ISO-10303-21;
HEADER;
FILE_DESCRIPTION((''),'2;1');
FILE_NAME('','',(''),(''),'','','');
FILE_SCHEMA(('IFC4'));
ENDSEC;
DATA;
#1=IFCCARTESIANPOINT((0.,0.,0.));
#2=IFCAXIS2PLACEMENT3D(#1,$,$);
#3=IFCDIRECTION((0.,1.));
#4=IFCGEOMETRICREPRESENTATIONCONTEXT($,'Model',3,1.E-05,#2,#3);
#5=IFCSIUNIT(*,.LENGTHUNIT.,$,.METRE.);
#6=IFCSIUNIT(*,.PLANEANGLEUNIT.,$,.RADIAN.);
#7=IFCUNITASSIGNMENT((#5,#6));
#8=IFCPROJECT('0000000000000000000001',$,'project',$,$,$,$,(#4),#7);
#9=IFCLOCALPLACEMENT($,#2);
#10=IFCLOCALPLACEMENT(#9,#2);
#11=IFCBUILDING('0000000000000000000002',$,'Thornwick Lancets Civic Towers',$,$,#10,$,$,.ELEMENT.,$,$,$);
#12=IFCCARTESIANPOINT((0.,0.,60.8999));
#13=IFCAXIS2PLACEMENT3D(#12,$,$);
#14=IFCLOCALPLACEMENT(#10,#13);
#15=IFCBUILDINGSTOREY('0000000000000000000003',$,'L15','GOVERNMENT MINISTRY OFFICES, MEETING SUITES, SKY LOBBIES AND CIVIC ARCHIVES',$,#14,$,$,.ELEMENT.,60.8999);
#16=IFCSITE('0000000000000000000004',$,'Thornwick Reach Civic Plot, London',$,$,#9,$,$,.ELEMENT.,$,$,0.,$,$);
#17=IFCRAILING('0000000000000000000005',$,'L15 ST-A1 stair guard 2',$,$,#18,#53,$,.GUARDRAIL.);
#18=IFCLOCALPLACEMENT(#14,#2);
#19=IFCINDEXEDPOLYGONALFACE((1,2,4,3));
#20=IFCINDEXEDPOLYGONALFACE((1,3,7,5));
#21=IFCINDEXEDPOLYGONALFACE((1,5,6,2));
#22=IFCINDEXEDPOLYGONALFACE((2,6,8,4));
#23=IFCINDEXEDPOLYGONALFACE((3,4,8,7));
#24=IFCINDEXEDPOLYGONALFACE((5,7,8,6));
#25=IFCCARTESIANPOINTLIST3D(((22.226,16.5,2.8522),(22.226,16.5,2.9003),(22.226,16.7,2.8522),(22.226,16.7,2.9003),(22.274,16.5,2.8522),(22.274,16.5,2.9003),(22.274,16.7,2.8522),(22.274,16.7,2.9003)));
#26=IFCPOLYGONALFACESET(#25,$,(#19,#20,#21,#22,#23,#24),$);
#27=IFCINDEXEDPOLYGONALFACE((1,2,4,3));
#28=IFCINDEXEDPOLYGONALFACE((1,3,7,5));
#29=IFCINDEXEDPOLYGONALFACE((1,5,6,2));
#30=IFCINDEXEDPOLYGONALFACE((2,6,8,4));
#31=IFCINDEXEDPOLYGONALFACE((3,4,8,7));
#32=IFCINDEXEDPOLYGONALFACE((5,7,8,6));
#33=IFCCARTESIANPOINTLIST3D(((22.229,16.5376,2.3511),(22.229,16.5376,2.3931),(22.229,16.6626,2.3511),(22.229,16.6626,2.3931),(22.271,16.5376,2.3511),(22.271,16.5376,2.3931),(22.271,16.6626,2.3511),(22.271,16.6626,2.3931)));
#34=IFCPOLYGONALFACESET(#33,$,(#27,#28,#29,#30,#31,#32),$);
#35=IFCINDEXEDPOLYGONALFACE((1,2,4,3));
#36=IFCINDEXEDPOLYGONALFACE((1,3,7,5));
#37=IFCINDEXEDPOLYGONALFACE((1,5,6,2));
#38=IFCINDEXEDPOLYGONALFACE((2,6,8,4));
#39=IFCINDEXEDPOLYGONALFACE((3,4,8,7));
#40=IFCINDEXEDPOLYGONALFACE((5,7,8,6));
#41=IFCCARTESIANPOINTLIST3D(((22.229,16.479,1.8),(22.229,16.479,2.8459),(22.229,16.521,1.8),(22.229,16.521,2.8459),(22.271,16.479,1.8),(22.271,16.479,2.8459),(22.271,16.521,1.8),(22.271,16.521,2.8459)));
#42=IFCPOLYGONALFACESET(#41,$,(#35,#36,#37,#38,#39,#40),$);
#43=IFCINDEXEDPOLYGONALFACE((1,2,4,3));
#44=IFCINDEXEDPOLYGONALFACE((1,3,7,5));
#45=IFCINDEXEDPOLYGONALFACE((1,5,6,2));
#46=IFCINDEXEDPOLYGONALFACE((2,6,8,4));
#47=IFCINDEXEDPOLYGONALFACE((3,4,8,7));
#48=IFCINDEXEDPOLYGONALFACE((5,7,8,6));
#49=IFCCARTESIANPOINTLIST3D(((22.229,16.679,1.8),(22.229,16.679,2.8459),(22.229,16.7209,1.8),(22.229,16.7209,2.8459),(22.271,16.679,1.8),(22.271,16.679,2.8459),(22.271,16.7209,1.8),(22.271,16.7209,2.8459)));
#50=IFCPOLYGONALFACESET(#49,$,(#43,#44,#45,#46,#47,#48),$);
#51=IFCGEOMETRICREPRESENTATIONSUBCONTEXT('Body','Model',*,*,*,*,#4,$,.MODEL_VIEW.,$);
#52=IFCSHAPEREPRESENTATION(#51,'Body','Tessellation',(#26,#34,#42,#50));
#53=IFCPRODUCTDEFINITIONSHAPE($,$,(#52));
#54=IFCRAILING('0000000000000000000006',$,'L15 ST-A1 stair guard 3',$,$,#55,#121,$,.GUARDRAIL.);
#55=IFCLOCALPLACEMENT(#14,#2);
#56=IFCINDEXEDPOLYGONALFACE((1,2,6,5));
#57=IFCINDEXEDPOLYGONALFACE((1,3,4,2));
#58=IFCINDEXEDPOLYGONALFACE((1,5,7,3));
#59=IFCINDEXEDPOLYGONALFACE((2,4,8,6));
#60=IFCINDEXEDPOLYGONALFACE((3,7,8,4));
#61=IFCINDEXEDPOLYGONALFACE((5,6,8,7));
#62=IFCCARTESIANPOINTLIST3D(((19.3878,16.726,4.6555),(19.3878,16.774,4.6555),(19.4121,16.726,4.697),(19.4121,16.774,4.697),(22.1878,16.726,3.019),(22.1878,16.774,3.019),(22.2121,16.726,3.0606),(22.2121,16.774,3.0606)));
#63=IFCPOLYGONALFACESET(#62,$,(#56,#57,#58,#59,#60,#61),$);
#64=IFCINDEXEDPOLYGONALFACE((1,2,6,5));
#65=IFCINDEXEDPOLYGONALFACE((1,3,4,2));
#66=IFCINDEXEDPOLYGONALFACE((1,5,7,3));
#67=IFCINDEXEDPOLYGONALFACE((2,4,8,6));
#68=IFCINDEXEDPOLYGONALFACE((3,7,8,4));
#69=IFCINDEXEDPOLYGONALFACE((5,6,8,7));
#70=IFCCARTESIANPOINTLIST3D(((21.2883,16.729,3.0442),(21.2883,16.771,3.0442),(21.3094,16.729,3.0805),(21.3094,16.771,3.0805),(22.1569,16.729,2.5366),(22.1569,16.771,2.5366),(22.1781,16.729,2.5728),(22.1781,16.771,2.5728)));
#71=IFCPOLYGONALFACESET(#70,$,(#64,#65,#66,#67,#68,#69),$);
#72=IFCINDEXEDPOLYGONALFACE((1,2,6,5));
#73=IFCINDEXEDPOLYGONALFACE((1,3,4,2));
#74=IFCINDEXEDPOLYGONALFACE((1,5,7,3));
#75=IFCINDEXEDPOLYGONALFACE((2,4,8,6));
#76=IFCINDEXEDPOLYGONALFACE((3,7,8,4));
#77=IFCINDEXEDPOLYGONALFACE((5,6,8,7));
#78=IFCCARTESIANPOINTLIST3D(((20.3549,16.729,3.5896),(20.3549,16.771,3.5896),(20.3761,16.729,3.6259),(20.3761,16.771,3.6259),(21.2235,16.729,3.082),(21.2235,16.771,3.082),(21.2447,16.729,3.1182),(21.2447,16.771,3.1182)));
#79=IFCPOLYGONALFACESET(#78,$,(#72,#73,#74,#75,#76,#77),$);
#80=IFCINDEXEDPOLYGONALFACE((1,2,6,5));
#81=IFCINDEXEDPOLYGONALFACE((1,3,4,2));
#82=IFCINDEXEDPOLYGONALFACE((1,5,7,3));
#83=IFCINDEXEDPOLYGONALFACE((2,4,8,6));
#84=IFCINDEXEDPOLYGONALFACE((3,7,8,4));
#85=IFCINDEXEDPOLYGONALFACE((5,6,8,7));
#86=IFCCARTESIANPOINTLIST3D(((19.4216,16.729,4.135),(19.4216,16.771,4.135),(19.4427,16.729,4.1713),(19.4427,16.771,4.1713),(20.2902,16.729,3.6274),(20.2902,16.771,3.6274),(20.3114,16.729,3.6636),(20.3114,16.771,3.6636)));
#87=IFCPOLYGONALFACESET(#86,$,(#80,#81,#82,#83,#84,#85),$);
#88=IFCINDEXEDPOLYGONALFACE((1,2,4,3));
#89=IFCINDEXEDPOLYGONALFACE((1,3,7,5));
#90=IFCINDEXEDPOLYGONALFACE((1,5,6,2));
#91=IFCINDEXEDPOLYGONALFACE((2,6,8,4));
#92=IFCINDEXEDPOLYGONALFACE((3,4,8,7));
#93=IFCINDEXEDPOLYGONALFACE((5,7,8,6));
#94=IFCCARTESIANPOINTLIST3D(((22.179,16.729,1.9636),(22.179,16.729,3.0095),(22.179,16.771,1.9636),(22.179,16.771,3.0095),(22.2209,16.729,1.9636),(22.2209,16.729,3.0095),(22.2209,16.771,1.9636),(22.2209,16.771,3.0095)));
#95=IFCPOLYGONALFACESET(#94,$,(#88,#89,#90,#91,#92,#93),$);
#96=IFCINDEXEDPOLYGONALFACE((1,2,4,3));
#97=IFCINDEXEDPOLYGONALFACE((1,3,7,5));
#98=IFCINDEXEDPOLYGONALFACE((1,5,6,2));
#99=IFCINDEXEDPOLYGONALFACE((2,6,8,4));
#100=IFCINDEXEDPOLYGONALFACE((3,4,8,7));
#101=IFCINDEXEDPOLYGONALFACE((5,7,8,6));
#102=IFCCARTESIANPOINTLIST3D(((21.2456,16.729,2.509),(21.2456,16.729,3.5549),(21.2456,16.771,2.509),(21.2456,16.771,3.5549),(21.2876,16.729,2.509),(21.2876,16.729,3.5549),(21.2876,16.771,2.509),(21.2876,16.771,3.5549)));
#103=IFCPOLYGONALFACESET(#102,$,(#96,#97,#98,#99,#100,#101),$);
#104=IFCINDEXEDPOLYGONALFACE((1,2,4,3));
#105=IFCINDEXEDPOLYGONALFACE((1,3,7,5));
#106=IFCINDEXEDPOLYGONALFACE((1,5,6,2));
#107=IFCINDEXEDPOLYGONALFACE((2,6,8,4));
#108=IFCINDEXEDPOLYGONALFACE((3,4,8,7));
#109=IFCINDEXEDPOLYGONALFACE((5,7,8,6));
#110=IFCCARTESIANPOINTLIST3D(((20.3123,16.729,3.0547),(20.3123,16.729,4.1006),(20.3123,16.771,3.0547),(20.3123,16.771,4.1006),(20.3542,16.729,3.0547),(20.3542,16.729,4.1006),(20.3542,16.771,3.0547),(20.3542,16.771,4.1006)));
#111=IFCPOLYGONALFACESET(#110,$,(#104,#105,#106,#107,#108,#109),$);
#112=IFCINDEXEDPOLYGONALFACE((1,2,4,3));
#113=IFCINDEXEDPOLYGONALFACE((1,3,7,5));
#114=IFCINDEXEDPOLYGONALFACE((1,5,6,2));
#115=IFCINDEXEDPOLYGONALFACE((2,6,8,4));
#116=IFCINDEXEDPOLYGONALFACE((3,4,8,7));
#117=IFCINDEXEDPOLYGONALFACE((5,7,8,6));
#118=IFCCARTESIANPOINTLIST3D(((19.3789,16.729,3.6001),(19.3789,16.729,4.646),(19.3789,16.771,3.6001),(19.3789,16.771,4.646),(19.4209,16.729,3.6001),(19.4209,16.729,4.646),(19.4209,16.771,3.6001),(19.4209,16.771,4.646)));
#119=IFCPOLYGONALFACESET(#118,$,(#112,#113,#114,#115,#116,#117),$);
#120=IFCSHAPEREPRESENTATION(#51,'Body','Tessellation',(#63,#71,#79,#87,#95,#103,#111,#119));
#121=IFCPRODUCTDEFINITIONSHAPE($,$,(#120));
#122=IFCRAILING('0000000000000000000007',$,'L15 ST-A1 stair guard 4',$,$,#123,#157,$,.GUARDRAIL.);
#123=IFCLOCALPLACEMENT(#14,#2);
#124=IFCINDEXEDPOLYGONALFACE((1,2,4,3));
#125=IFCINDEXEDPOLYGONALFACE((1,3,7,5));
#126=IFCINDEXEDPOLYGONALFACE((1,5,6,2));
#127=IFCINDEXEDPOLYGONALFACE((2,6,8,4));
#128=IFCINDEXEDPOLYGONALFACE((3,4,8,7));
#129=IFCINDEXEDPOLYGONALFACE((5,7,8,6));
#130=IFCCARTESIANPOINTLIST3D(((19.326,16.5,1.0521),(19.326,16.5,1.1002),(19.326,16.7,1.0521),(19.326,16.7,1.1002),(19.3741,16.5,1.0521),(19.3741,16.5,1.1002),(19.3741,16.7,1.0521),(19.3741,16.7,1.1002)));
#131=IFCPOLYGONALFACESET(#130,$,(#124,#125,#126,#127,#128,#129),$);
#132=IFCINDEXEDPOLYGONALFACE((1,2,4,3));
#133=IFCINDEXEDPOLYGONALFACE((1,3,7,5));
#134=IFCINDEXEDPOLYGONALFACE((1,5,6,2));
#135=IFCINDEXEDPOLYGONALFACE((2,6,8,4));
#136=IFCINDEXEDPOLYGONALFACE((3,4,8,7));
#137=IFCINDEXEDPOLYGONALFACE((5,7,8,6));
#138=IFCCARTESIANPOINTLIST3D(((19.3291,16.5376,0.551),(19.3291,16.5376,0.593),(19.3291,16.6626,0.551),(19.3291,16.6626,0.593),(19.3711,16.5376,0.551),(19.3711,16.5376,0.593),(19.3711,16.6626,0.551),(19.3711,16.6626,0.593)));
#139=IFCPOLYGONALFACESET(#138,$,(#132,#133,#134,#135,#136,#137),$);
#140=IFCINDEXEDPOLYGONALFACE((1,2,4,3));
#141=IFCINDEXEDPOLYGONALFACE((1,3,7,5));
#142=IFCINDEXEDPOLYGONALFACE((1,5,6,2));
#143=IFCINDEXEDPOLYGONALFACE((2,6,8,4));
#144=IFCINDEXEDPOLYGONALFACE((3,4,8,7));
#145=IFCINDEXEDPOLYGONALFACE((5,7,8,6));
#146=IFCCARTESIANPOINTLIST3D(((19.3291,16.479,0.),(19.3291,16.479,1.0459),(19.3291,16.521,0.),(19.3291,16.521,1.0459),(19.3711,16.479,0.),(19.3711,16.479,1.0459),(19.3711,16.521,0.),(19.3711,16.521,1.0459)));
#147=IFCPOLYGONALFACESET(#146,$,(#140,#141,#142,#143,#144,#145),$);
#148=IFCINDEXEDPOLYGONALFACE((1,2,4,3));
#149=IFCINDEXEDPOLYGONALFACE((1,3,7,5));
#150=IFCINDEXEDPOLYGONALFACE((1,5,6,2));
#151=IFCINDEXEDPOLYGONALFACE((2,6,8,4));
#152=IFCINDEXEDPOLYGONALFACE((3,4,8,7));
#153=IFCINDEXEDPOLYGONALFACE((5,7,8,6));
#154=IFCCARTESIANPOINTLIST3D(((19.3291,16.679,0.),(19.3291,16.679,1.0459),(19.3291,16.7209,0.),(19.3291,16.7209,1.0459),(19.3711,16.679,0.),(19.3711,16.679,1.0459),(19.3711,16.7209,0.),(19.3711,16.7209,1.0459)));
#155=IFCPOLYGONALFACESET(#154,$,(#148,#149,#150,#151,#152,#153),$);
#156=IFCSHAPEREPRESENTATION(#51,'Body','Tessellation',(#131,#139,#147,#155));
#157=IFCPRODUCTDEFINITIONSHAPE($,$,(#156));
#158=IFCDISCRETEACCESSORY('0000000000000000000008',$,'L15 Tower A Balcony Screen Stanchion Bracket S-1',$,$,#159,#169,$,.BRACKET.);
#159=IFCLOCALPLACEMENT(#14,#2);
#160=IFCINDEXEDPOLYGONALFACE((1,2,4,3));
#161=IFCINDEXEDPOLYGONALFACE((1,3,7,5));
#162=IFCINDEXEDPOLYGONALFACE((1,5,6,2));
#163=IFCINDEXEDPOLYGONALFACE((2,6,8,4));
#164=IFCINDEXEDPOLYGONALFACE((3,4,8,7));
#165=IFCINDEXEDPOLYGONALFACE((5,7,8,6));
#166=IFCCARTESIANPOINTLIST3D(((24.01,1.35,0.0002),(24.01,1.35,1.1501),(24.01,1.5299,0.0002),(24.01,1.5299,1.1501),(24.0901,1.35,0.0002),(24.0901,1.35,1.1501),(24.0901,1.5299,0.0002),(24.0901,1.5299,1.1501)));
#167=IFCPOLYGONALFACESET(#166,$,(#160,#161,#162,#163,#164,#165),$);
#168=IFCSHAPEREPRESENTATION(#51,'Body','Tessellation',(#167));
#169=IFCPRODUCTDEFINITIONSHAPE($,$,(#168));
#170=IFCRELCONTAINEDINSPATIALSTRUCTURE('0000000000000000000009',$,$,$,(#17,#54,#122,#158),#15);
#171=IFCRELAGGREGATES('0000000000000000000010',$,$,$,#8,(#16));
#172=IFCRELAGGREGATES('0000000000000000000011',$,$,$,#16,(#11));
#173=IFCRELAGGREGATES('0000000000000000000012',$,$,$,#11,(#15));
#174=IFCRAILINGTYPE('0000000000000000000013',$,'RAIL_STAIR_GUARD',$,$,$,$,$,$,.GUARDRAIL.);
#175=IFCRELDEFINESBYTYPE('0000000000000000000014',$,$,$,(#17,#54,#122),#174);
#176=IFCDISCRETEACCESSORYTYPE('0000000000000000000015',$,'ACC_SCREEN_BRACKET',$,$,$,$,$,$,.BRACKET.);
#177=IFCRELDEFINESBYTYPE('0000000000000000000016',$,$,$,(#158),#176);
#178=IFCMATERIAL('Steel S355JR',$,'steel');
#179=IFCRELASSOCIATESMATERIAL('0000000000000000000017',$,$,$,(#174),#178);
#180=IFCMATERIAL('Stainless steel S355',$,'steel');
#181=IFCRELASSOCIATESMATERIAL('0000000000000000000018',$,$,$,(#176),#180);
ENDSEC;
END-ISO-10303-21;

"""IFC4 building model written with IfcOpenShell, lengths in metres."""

from ifc_helpers import new_model, si_unit, direction, frame, origin, origin_2d, place, context, subcontext, project, spatial, rectangle, extrude, material, type_object, element, save


model = new_model("IFC4")

# Units and contexts
model_context = context("Model", 3, precision=1e-05, world=origin(), true_north=direction((0.0, 1.0)))
body_context = subcontext(model_context, "Body", "Model", "MODEL_VIEW")
ifc_project = project(units=[si_unit("LENGTHUNIT", "METRE"), si_unit("PLANEANGLEUNIT", "RADIAN")], contexts=[model_context])

# Site, building, storey
site_placement = place(None, origin())
site = spatial("IfcSite", under=ifc_project, at=site_placement, Name="Thornwick Reach Civic Plot, London", CompositionType="ELEMENT", RefElevation=0.0)
building_placement = place(site_placement, origin())
building = spatial("IfcBuilding", under=site, at=building_placement, Name="Thornwick Lancets Civic Towers", CompositionType="ELEMENT")
storey_placement = place(building_placement, frame((0.0, 0.0, 60.8999)))
storey = spatial("IfcBuildingStorey", under=building, at=storey_placement, Name="L15", Description="GOVERNMENT MINISTRY OFFICES, MEETING SUITES, SKY LOBBIES AND CIVIC ARCHIVES", CompositionType="ELEMENT", Elevation=60.8999)

# Shared definitions
ifc_material_1 = material(Name="Steel S355JR", Category="steel")

# Railings
railing_type_1 = type_object("IfcRailingType", Name="RAIL_STAIR_GUARD", PredefinedType="GUARDRAIL", material=ifc_material_1)
railing_1_placement = place(storey_placement, frame((22.25, 16.5, 1.8)))
element("IfcRailing", 1, at=railing_1_placement, inside=storey, type_object=railing_type_1, Name="L15 ST-A1 stair guard 2", PredefinedType="GUARDRAIL", context=body_context, shape_type="SweptSolid", body=[
    extrude(rectangle(XDim=0.0481, YDim=0.0481, at=origin_2d()), frame((0.0, 0.0, 1.0762), z_axis=(0.0, 1.0, 0.0), x_axis=(-1.0, 0.0, 0.0)), (0.0, 0.0, 1.0), 0.2),
    extrude(rectangle(XDim=0.042, YDim=0.042, at=origin_2d()), frame((0.0, 0.0376, 0.572), z_axis=(0.0, 1.0, 0.0), x_axis=(-1.0, 0.0, 0.0)), (0.0, 0.0, 1.0), 0.125),
    extrude(rectangle(XDim=0.042, YDim=0.042, at=origin_2d()), origin(), (0.0, 0.0, 1.0), 1.0459),
    extrude(rectangle(XDim=0.042, YDim=0.042, at=origin_2d()), frame((0.0, 0.2, 0.0)), (0.0, 0.0, 1.0), 1.0459),
])
railing_2_placement = place(storey_placement, frame((22.2, 16.75, 1.9636)))
element("IfcRailing", 2, at=railing_2_placement, inside=storey, type_object=railing_type_1, Name="L15 ST-A1 stair guard 3", PredefinedType="GUARDRAIL", context=body_context, shape_type="SweptSolid", body=[
    extrude(rectangle(XDim=0.0481, YDim=0.0481, at=origin_2d()), frame((0.0, 0.0, 1.0762), z_axis=(-0.863361, 0.0, 0.504587), x_axis=(0.0, -1.0, 0.0)), (0.0, 0.0, 1.0), 3.2432),
    extrude(rectangle(XDim=0.042, YDim=0.042, at=origin_2d()), frame((-0.0325, 0.0, 0.5911), z_axis=(-0.863361, 0.0, 0.504587), x_axis=(0.0, -1.0, 0.0)), (0.0, 0.0, 1.0), 1.0061),
    extrude(rectangle(XDim=0.042, YDim=0.042, at=origin_2d()), frame((-0.9658, 0.0, 1.1365), z_axis=(-0.863361, 0.0, 0.504587), x_axis=(0.0, -1.0, 0.0)), (0.0, 0.0, 1.0), 1.0061),
    extrude(rectangle(XDim=0.042, YDim=0.042, at=origin_2d()), frame((-1.8992, 0.0, 1.6819), z_axis=(-0.863361, 0.0, 0.504587), x_axis=(0.0, -1.0, 0.0)), (0.0, 0.0, 1.0), 1.0061),
    extrude(rectangle(XDim=0.042, YDim=0.042, at=origin_2d()), origin(), (0.0, 0.0, 1.0), 1.0459),
    extrude(rectangle(XDim=0.042, YDim=0.042, at=origin_2d()), frame((-0.9333, 0.0, 0.5454)), (0.0, 0.0, 1.0), 1.0459),
    extrude(rectangle(XDim=0.042, YDim=0.042, at=origin_2d()), frame((-1.8667, 0.0, 1.0911)), (0.0, 0.0, 1.0), 1.0459),
    extrude(rectangle(XDim=0.042, YDim=0.042, at=origin_2d()), frame((-2.8, 0.0, 1.6365)), (0.0, 0.0, 1.0), 1.0459),
])
railing_3_placement = place(storey_placement, frame((19.3501, 16.5, 0.0)))
element("IfcRailing", 3, at=railing_3_placement, inside=storey, type_object=railing_type_1, Name="L15 ST-A1 stair guard 4", PredefinedType="GUARDRAIL", context=body_context, shape_type="SweptSolid", body=[
    extrude(rectangle(XDim=0.0481, YDim=0.0481, at=origin_2d()), frame((0.0, 0.0, 1.0762), z_axis=(0.0, 1.0, 0.0), x_axis=(-1.0, 0.0, 0.0)), (0.0, 0.0, 1.0), 0.2),
    extrude(rectangle(XDim=0.042, YDim=0.042, at=origin_2d()), frame((0.0, 0.0376, 0.572), z_axis=(0.0, 1.0, 0.0), x_axis=(-1.0, 0.0, 0.0)), (0.0, 0.0, 1.0), 0.125),
    extrude(rectangle(XDim=0.042, YDim=0.042, at=origin_2d()), origin(), (0.0, 0.0, 1.0), 1.0459),
    extrude(rectangle(XDim=0.042, YDim=0.042, at=origin_2d()), frame((0.0, 0.2, 0.0)), (0.0, 0.0, 1.0), 1.0459),
])

# Discrete accessory
ifc_material_2 = material(Name="Stainless steel S355", Category="steel")
discrete_accessory_type = type_object("IfcDiscreteAccessoryType", Name="ACC_SCREEN_BRACKET", PredefinedType="BRACKET", material=ifc_material_2)
discrete_accessory_placement = place(storey_placement, frame((24.05, 1.4399, 0.0002), z_axis=(0.0, 0.0, 1.0), x_axis=(1.0, 0.0, 0.0)))
element("IfcDiscreteAccessory", 4, at=discrete_accessory_placement, inside=storey, type_object=discrete_accessory_type, Name="L15 Tower A Balcony Screen Stanchion Bracket S-1", PredefinedType="BRACKET", context=body_context, shape_type="SweptSolid", body=[
    extrude(rectangle(XDim=0.0801, YDim=0.1799, at=origin_2d()), origin(), (0.0, 0.0, 1.0), 1.1499),
])

save(model, "model.ifc")
